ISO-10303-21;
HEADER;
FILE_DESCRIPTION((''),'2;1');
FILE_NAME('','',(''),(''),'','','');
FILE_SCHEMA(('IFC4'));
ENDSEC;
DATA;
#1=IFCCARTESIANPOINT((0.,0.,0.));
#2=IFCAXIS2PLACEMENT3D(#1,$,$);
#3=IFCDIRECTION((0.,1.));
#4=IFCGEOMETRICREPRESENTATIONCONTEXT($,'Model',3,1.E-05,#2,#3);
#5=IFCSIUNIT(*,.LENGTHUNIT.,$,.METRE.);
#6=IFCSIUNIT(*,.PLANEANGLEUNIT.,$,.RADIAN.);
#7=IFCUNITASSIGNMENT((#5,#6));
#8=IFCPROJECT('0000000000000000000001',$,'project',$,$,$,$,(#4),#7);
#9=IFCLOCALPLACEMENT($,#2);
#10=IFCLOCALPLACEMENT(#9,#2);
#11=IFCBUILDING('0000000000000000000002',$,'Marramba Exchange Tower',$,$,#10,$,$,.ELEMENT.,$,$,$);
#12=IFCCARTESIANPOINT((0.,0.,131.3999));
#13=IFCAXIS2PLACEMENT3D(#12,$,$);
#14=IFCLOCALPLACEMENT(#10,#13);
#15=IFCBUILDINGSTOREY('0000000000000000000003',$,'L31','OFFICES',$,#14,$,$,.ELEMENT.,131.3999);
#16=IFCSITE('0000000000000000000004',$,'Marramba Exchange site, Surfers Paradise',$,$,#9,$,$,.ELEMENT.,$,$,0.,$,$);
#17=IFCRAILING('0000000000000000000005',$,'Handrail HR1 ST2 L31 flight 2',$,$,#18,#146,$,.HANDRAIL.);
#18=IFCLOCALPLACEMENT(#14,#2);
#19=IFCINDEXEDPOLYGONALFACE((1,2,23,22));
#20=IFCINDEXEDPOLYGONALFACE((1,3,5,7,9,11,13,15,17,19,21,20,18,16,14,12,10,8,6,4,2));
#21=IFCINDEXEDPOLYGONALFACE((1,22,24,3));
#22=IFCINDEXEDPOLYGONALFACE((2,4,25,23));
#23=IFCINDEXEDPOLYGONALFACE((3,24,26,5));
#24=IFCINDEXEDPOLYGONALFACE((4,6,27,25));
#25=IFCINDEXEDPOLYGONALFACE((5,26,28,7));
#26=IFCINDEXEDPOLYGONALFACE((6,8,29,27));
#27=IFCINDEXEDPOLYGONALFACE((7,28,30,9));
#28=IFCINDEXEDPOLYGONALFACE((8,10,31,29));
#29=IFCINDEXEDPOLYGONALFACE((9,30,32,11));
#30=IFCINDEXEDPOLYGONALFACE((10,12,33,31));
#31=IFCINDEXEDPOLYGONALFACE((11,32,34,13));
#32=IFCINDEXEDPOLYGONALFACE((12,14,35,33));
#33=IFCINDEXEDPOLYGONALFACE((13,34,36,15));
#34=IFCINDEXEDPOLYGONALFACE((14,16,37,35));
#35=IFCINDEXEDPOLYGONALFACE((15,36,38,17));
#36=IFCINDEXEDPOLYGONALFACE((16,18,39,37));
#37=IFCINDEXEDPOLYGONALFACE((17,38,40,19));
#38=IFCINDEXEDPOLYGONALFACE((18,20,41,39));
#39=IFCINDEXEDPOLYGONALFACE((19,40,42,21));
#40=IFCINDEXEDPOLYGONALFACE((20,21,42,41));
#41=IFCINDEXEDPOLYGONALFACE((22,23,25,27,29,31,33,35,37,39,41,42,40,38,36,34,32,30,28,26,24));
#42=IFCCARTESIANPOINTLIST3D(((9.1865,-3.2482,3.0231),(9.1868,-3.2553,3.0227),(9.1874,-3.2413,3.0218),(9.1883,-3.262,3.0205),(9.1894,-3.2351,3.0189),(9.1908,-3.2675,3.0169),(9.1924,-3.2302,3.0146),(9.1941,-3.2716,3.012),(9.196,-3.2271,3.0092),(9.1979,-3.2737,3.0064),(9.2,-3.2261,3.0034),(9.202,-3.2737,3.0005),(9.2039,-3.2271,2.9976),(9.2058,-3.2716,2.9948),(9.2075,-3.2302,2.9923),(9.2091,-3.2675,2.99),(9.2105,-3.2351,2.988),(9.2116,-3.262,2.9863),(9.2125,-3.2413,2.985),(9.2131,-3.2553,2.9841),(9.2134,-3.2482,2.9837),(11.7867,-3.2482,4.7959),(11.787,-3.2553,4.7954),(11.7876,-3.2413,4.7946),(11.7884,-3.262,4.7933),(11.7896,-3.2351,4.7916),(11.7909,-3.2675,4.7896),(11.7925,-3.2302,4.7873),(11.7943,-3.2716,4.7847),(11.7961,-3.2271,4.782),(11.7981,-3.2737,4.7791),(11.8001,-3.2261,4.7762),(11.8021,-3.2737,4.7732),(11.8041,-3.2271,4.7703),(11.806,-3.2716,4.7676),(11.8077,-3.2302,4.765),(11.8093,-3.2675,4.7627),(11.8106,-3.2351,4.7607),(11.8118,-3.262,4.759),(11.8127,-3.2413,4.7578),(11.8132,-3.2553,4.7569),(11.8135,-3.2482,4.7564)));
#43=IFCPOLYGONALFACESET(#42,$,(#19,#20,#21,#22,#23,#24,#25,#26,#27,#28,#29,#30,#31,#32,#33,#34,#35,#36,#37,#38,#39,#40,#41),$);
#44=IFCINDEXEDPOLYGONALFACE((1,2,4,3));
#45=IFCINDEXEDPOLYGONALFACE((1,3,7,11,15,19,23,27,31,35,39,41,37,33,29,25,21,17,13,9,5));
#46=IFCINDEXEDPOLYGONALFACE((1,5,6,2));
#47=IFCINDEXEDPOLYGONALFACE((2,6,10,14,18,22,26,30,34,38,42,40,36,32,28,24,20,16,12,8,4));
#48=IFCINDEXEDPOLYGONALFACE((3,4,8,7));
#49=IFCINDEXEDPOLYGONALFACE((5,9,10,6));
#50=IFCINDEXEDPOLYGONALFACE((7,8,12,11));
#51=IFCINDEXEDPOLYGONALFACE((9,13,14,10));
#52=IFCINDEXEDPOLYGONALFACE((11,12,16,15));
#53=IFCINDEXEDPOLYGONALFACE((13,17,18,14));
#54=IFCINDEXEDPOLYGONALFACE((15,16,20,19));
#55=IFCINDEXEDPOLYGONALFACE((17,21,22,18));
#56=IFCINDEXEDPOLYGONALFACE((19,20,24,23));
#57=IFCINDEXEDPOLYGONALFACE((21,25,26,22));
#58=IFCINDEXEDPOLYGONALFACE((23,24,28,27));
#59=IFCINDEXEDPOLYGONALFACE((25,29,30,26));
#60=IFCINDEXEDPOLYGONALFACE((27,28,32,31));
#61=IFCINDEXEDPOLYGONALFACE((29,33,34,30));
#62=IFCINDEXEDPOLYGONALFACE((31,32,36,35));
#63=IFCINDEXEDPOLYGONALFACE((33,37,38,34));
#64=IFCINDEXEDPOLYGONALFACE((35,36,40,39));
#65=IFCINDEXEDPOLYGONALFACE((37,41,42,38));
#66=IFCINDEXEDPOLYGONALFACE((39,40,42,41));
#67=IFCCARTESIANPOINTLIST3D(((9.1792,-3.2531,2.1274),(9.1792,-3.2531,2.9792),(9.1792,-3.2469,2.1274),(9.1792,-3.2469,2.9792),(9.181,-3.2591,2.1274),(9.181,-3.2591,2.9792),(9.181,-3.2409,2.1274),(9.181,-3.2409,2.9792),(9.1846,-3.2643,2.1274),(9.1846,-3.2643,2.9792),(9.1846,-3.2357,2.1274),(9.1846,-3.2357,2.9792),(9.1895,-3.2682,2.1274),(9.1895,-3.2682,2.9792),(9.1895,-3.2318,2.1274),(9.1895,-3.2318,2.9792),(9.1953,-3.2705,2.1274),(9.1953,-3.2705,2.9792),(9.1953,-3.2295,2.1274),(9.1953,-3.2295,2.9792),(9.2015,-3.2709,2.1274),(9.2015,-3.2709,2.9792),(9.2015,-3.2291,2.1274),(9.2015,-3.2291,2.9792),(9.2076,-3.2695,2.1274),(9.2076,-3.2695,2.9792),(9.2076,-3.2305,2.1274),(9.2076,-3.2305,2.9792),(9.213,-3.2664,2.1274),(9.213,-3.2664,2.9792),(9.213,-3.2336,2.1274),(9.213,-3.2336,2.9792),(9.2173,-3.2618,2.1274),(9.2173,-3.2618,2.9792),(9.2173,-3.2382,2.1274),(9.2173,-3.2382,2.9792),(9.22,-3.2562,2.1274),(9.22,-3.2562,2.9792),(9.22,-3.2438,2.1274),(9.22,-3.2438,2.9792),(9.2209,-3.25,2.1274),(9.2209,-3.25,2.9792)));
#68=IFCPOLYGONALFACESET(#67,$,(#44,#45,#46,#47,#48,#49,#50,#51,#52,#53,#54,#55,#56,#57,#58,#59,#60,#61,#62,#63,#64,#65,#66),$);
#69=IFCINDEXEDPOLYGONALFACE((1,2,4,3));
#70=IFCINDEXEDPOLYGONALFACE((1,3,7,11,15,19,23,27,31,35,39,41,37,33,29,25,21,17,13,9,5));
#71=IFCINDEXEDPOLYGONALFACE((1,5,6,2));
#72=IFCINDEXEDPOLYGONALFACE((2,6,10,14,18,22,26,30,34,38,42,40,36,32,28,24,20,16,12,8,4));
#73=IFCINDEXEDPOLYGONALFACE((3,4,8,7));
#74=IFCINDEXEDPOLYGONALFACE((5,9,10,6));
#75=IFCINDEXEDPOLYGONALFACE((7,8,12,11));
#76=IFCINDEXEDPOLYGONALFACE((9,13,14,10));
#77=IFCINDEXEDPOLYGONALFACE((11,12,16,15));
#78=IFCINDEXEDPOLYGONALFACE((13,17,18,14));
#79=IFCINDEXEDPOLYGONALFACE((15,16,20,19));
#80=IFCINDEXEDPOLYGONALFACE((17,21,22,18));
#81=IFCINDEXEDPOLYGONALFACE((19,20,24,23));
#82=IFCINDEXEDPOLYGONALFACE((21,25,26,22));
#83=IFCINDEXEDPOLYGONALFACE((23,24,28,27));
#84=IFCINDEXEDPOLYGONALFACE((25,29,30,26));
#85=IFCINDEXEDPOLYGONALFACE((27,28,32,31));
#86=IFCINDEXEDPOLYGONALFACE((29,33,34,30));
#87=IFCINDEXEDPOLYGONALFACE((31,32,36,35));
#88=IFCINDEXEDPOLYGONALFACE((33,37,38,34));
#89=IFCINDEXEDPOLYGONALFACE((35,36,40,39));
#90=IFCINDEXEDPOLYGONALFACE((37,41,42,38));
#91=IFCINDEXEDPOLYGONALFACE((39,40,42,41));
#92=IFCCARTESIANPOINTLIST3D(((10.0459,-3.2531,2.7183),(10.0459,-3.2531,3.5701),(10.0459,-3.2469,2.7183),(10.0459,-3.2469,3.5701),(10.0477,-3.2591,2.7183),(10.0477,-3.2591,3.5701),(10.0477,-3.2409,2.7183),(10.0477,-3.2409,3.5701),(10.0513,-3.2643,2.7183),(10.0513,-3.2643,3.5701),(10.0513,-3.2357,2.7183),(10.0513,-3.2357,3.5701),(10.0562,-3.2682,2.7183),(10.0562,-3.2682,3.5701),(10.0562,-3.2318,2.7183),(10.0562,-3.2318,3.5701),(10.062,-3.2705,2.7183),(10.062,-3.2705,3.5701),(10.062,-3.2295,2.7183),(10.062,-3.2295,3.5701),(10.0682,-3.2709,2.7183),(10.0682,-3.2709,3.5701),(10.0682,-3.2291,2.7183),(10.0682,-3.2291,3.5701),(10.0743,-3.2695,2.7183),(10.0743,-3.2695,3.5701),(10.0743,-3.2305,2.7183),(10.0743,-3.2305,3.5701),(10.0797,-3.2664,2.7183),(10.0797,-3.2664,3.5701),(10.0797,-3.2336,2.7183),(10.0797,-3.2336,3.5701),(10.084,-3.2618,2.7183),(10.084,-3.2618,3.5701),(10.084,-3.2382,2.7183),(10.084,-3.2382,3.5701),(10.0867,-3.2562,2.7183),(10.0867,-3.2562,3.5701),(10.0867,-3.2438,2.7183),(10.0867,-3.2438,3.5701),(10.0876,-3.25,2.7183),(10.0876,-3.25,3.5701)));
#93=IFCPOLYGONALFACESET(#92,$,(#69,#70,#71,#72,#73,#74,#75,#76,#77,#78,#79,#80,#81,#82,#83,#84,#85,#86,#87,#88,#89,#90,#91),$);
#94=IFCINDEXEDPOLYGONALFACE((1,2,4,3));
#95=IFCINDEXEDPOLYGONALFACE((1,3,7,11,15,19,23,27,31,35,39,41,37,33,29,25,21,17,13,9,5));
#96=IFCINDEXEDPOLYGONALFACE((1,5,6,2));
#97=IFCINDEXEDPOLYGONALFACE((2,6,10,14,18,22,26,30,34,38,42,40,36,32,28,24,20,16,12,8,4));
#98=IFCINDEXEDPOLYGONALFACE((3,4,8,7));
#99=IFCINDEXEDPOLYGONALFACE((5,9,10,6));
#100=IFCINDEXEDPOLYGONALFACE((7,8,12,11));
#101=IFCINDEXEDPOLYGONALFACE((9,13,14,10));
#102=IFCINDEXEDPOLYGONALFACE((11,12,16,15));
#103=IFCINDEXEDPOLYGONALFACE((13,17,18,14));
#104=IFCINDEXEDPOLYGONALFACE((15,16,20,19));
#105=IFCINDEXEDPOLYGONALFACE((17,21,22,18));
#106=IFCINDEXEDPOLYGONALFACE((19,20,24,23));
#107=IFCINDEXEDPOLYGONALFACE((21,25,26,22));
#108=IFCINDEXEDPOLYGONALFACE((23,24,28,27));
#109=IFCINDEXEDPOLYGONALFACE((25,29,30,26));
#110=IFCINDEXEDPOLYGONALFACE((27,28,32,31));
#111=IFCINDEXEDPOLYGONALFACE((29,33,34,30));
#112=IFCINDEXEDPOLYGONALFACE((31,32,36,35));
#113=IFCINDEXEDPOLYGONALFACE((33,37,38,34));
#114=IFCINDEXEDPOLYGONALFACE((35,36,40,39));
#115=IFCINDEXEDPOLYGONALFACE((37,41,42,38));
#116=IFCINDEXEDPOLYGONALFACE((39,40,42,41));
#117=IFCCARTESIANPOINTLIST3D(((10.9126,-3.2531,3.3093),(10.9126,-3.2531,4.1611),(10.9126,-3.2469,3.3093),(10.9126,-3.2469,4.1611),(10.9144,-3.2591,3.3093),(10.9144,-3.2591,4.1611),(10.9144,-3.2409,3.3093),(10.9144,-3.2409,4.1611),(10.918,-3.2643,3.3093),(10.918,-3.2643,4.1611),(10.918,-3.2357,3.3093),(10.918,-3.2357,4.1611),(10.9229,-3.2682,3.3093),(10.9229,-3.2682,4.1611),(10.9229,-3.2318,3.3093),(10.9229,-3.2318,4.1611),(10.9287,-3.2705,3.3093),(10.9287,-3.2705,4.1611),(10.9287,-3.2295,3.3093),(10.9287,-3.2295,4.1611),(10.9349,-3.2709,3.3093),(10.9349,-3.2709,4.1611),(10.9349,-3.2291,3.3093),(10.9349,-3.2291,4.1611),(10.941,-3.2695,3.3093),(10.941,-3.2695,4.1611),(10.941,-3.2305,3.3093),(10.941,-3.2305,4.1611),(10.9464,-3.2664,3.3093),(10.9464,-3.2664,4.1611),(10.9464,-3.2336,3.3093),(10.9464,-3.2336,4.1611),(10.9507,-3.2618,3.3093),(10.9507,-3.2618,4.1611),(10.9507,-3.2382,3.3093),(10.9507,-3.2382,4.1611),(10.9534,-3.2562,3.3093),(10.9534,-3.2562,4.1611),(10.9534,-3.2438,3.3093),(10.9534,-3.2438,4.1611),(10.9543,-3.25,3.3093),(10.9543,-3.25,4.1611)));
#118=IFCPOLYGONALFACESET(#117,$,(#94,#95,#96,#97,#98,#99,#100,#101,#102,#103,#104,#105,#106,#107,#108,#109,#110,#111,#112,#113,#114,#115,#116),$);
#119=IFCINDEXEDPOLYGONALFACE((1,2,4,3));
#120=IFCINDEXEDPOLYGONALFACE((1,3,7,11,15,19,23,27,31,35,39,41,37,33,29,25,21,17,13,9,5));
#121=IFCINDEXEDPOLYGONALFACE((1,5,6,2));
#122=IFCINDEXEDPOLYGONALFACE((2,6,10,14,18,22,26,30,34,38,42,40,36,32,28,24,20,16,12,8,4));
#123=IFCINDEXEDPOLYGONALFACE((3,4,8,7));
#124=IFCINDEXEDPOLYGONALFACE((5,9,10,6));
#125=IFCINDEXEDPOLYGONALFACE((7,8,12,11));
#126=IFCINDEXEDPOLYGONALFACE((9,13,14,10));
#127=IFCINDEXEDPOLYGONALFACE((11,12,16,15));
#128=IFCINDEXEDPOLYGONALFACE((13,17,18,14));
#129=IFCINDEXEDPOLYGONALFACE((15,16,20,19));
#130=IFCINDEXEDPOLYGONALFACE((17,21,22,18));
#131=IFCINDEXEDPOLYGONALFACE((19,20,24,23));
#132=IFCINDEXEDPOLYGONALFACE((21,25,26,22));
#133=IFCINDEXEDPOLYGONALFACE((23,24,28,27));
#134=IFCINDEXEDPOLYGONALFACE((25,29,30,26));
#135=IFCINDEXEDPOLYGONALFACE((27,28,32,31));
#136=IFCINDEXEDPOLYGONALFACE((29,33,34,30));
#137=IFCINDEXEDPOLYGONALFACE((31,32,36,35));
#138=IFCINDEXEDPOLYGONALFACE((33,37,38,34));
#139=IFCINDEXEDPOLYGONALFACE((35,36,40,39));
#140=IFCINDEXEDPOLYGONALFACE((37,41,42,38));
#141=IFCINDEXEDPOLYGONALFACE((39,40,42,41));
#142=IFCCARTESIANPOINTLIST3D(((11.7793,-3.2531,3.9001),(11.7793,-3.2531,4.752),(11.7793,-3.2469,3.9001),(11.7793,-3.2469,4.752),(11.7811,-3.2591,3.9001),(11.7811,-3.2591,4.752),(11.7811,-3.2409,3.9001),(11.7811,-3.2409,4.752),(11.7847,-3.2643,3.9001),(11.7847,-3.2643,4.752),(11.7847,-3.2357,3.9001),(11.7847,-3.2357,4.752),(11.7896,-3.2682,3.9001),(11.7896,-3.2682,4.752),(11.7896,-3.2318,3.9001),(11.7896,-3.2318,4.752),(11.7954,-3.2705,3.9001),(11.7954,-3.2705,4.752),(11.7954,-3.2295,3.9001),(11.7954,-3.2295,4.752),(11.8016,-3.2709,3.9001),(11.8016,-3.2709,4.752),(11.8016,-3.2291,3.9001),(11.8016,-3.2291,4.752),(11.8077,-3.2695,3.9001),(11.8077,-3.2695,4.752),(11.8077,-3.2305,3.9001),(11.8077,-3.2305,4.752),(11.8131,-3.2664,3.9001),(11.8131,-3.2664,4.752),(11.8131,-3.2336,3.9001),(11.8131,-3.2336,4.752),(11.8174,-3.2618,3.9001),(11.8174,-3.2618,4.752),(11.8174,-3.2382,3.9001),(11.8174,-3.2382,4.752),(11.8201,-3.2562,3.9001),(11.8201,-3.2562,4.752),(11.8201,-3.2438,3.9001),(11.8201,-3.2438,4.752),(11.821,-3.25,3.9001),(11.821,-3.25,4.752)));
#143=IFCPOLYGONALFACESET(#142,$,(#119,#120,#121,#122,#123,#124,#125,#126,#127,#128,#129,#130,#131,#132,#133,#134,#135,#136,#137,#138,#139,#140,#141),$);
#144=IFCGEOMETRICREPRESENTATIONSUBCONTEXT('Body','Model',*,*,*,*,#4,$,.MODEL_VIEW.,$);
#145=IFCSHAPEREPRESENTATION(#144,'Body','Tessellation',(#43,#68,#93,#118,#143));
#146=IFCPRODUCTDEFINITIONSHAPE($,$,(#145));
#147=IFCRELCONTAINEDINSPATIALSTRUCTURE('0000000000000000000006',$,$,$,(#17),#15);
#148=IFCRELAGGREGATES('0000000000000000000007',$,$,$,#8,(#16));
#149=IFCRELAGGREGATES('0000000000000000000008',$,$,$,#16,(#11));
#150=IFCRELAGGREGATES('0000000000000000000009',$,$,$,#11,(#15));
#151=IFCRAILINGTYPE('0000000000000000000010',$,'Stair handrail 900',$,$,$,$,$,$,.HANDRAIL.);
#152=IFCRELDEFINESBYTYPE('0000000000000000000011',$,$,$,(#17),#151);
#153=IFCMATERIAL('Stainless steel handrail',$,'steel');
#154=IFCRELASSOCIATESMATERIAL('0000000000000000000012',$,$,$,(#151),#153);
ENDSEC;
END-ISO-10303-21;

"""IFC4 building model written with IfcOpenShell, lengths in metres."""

from ifc_helpers import new_model, si_unit, direction, frame, origin, origin_2d, place, context, subcontext, project, spatial, circle, extrude, material, type_object, element, save


model = new_model("IFC4")

# Units and contexts
model_context = context("Model", 3, precision=1e-05, world=origin(), true_north=direction((0.0, 1.0)))
body_context = subcontext(model_context, "Body", "Model", "MODEL_VIEW")
ifc_project = project(units=[si_unit("LENGTHUNIT", "METRE"), si_unit("PLANEANGLEUNIT", "RADIAN")], contexts=[model_context])

# Site, building, storey
site_placement = place(None, origin())
site = spatial("IfcSite", under=ifc_project, at=site_placement, Name="Marramba Exchange site, Surfers Paradise", CompositionType="ELEMENT", RefElevation=0.0)
building_placement = place(site_placement, origin())
building = spatial("IfcBuilding", under=site, at=building_placement, Name="Marramba Exchange Tower", CompositionType="ELEMENT")
storey_placement = place(building_placement, frame((0.0, 0.0, 131.3999)))
storey = spatial("IfcBuildingStorey", under=building, at=storey_placement, Name="L31", Description="OFFICES", CompositionType="ELEMENT", Elevation=131.3999)

# Railing
ifc_material_1 = material(Name="Stainless steel handrail", Category="steel")
railing_type = type_object("IfcRailingType", Name="Stair handrail 900", PredefinedType="HANDRAIL", material=ifc_material_1)
railing_placement = place(storey_placement, frame((9.2, -3.25, 2.1274)))
element("IfcRailing", 1, at=railing_placement, inside=storey, type_object=railing_type, Name="Handrail HR1 ST2 L31 flight 2", PredefinedType="HANDRAIL", context=body_context, shape_type="SweptSolid", body=[
    extrude(circle(Radius=0.0239, at=origin_2d()), frame((0.0, 0.0, 0.876), z_axis=(0.82624, 0.0, 0.563318), x_axis=(0.0, 1.0, 0.0)), (0.0, 0.0, 1.0), 3.147),
    extrude(circle(Radius=0.021, at=origin_2d()), origin(), (0.0, 0.0, 1.0), 0.8518),
    extrude(circle(Radius=0.021, at=origin_2d()), frame((0.8667, 0.0, 0.5908)), (0.0, 0.0, 1.0), 0.8518),
    extrude(circle(Radius=0.021, at=origin_2d()), frame((1.7334, 0.0, 1.1819)), (0.0, 0.0, 1.0), 0.8518),
    extrude(circle(Radius=0.021, at=origin_2d()), frame((2.6001, 0.0, 1.7727)), (0.0, 0.0, 1.0), 0.8518),
])

save(model, "model.ifc")
